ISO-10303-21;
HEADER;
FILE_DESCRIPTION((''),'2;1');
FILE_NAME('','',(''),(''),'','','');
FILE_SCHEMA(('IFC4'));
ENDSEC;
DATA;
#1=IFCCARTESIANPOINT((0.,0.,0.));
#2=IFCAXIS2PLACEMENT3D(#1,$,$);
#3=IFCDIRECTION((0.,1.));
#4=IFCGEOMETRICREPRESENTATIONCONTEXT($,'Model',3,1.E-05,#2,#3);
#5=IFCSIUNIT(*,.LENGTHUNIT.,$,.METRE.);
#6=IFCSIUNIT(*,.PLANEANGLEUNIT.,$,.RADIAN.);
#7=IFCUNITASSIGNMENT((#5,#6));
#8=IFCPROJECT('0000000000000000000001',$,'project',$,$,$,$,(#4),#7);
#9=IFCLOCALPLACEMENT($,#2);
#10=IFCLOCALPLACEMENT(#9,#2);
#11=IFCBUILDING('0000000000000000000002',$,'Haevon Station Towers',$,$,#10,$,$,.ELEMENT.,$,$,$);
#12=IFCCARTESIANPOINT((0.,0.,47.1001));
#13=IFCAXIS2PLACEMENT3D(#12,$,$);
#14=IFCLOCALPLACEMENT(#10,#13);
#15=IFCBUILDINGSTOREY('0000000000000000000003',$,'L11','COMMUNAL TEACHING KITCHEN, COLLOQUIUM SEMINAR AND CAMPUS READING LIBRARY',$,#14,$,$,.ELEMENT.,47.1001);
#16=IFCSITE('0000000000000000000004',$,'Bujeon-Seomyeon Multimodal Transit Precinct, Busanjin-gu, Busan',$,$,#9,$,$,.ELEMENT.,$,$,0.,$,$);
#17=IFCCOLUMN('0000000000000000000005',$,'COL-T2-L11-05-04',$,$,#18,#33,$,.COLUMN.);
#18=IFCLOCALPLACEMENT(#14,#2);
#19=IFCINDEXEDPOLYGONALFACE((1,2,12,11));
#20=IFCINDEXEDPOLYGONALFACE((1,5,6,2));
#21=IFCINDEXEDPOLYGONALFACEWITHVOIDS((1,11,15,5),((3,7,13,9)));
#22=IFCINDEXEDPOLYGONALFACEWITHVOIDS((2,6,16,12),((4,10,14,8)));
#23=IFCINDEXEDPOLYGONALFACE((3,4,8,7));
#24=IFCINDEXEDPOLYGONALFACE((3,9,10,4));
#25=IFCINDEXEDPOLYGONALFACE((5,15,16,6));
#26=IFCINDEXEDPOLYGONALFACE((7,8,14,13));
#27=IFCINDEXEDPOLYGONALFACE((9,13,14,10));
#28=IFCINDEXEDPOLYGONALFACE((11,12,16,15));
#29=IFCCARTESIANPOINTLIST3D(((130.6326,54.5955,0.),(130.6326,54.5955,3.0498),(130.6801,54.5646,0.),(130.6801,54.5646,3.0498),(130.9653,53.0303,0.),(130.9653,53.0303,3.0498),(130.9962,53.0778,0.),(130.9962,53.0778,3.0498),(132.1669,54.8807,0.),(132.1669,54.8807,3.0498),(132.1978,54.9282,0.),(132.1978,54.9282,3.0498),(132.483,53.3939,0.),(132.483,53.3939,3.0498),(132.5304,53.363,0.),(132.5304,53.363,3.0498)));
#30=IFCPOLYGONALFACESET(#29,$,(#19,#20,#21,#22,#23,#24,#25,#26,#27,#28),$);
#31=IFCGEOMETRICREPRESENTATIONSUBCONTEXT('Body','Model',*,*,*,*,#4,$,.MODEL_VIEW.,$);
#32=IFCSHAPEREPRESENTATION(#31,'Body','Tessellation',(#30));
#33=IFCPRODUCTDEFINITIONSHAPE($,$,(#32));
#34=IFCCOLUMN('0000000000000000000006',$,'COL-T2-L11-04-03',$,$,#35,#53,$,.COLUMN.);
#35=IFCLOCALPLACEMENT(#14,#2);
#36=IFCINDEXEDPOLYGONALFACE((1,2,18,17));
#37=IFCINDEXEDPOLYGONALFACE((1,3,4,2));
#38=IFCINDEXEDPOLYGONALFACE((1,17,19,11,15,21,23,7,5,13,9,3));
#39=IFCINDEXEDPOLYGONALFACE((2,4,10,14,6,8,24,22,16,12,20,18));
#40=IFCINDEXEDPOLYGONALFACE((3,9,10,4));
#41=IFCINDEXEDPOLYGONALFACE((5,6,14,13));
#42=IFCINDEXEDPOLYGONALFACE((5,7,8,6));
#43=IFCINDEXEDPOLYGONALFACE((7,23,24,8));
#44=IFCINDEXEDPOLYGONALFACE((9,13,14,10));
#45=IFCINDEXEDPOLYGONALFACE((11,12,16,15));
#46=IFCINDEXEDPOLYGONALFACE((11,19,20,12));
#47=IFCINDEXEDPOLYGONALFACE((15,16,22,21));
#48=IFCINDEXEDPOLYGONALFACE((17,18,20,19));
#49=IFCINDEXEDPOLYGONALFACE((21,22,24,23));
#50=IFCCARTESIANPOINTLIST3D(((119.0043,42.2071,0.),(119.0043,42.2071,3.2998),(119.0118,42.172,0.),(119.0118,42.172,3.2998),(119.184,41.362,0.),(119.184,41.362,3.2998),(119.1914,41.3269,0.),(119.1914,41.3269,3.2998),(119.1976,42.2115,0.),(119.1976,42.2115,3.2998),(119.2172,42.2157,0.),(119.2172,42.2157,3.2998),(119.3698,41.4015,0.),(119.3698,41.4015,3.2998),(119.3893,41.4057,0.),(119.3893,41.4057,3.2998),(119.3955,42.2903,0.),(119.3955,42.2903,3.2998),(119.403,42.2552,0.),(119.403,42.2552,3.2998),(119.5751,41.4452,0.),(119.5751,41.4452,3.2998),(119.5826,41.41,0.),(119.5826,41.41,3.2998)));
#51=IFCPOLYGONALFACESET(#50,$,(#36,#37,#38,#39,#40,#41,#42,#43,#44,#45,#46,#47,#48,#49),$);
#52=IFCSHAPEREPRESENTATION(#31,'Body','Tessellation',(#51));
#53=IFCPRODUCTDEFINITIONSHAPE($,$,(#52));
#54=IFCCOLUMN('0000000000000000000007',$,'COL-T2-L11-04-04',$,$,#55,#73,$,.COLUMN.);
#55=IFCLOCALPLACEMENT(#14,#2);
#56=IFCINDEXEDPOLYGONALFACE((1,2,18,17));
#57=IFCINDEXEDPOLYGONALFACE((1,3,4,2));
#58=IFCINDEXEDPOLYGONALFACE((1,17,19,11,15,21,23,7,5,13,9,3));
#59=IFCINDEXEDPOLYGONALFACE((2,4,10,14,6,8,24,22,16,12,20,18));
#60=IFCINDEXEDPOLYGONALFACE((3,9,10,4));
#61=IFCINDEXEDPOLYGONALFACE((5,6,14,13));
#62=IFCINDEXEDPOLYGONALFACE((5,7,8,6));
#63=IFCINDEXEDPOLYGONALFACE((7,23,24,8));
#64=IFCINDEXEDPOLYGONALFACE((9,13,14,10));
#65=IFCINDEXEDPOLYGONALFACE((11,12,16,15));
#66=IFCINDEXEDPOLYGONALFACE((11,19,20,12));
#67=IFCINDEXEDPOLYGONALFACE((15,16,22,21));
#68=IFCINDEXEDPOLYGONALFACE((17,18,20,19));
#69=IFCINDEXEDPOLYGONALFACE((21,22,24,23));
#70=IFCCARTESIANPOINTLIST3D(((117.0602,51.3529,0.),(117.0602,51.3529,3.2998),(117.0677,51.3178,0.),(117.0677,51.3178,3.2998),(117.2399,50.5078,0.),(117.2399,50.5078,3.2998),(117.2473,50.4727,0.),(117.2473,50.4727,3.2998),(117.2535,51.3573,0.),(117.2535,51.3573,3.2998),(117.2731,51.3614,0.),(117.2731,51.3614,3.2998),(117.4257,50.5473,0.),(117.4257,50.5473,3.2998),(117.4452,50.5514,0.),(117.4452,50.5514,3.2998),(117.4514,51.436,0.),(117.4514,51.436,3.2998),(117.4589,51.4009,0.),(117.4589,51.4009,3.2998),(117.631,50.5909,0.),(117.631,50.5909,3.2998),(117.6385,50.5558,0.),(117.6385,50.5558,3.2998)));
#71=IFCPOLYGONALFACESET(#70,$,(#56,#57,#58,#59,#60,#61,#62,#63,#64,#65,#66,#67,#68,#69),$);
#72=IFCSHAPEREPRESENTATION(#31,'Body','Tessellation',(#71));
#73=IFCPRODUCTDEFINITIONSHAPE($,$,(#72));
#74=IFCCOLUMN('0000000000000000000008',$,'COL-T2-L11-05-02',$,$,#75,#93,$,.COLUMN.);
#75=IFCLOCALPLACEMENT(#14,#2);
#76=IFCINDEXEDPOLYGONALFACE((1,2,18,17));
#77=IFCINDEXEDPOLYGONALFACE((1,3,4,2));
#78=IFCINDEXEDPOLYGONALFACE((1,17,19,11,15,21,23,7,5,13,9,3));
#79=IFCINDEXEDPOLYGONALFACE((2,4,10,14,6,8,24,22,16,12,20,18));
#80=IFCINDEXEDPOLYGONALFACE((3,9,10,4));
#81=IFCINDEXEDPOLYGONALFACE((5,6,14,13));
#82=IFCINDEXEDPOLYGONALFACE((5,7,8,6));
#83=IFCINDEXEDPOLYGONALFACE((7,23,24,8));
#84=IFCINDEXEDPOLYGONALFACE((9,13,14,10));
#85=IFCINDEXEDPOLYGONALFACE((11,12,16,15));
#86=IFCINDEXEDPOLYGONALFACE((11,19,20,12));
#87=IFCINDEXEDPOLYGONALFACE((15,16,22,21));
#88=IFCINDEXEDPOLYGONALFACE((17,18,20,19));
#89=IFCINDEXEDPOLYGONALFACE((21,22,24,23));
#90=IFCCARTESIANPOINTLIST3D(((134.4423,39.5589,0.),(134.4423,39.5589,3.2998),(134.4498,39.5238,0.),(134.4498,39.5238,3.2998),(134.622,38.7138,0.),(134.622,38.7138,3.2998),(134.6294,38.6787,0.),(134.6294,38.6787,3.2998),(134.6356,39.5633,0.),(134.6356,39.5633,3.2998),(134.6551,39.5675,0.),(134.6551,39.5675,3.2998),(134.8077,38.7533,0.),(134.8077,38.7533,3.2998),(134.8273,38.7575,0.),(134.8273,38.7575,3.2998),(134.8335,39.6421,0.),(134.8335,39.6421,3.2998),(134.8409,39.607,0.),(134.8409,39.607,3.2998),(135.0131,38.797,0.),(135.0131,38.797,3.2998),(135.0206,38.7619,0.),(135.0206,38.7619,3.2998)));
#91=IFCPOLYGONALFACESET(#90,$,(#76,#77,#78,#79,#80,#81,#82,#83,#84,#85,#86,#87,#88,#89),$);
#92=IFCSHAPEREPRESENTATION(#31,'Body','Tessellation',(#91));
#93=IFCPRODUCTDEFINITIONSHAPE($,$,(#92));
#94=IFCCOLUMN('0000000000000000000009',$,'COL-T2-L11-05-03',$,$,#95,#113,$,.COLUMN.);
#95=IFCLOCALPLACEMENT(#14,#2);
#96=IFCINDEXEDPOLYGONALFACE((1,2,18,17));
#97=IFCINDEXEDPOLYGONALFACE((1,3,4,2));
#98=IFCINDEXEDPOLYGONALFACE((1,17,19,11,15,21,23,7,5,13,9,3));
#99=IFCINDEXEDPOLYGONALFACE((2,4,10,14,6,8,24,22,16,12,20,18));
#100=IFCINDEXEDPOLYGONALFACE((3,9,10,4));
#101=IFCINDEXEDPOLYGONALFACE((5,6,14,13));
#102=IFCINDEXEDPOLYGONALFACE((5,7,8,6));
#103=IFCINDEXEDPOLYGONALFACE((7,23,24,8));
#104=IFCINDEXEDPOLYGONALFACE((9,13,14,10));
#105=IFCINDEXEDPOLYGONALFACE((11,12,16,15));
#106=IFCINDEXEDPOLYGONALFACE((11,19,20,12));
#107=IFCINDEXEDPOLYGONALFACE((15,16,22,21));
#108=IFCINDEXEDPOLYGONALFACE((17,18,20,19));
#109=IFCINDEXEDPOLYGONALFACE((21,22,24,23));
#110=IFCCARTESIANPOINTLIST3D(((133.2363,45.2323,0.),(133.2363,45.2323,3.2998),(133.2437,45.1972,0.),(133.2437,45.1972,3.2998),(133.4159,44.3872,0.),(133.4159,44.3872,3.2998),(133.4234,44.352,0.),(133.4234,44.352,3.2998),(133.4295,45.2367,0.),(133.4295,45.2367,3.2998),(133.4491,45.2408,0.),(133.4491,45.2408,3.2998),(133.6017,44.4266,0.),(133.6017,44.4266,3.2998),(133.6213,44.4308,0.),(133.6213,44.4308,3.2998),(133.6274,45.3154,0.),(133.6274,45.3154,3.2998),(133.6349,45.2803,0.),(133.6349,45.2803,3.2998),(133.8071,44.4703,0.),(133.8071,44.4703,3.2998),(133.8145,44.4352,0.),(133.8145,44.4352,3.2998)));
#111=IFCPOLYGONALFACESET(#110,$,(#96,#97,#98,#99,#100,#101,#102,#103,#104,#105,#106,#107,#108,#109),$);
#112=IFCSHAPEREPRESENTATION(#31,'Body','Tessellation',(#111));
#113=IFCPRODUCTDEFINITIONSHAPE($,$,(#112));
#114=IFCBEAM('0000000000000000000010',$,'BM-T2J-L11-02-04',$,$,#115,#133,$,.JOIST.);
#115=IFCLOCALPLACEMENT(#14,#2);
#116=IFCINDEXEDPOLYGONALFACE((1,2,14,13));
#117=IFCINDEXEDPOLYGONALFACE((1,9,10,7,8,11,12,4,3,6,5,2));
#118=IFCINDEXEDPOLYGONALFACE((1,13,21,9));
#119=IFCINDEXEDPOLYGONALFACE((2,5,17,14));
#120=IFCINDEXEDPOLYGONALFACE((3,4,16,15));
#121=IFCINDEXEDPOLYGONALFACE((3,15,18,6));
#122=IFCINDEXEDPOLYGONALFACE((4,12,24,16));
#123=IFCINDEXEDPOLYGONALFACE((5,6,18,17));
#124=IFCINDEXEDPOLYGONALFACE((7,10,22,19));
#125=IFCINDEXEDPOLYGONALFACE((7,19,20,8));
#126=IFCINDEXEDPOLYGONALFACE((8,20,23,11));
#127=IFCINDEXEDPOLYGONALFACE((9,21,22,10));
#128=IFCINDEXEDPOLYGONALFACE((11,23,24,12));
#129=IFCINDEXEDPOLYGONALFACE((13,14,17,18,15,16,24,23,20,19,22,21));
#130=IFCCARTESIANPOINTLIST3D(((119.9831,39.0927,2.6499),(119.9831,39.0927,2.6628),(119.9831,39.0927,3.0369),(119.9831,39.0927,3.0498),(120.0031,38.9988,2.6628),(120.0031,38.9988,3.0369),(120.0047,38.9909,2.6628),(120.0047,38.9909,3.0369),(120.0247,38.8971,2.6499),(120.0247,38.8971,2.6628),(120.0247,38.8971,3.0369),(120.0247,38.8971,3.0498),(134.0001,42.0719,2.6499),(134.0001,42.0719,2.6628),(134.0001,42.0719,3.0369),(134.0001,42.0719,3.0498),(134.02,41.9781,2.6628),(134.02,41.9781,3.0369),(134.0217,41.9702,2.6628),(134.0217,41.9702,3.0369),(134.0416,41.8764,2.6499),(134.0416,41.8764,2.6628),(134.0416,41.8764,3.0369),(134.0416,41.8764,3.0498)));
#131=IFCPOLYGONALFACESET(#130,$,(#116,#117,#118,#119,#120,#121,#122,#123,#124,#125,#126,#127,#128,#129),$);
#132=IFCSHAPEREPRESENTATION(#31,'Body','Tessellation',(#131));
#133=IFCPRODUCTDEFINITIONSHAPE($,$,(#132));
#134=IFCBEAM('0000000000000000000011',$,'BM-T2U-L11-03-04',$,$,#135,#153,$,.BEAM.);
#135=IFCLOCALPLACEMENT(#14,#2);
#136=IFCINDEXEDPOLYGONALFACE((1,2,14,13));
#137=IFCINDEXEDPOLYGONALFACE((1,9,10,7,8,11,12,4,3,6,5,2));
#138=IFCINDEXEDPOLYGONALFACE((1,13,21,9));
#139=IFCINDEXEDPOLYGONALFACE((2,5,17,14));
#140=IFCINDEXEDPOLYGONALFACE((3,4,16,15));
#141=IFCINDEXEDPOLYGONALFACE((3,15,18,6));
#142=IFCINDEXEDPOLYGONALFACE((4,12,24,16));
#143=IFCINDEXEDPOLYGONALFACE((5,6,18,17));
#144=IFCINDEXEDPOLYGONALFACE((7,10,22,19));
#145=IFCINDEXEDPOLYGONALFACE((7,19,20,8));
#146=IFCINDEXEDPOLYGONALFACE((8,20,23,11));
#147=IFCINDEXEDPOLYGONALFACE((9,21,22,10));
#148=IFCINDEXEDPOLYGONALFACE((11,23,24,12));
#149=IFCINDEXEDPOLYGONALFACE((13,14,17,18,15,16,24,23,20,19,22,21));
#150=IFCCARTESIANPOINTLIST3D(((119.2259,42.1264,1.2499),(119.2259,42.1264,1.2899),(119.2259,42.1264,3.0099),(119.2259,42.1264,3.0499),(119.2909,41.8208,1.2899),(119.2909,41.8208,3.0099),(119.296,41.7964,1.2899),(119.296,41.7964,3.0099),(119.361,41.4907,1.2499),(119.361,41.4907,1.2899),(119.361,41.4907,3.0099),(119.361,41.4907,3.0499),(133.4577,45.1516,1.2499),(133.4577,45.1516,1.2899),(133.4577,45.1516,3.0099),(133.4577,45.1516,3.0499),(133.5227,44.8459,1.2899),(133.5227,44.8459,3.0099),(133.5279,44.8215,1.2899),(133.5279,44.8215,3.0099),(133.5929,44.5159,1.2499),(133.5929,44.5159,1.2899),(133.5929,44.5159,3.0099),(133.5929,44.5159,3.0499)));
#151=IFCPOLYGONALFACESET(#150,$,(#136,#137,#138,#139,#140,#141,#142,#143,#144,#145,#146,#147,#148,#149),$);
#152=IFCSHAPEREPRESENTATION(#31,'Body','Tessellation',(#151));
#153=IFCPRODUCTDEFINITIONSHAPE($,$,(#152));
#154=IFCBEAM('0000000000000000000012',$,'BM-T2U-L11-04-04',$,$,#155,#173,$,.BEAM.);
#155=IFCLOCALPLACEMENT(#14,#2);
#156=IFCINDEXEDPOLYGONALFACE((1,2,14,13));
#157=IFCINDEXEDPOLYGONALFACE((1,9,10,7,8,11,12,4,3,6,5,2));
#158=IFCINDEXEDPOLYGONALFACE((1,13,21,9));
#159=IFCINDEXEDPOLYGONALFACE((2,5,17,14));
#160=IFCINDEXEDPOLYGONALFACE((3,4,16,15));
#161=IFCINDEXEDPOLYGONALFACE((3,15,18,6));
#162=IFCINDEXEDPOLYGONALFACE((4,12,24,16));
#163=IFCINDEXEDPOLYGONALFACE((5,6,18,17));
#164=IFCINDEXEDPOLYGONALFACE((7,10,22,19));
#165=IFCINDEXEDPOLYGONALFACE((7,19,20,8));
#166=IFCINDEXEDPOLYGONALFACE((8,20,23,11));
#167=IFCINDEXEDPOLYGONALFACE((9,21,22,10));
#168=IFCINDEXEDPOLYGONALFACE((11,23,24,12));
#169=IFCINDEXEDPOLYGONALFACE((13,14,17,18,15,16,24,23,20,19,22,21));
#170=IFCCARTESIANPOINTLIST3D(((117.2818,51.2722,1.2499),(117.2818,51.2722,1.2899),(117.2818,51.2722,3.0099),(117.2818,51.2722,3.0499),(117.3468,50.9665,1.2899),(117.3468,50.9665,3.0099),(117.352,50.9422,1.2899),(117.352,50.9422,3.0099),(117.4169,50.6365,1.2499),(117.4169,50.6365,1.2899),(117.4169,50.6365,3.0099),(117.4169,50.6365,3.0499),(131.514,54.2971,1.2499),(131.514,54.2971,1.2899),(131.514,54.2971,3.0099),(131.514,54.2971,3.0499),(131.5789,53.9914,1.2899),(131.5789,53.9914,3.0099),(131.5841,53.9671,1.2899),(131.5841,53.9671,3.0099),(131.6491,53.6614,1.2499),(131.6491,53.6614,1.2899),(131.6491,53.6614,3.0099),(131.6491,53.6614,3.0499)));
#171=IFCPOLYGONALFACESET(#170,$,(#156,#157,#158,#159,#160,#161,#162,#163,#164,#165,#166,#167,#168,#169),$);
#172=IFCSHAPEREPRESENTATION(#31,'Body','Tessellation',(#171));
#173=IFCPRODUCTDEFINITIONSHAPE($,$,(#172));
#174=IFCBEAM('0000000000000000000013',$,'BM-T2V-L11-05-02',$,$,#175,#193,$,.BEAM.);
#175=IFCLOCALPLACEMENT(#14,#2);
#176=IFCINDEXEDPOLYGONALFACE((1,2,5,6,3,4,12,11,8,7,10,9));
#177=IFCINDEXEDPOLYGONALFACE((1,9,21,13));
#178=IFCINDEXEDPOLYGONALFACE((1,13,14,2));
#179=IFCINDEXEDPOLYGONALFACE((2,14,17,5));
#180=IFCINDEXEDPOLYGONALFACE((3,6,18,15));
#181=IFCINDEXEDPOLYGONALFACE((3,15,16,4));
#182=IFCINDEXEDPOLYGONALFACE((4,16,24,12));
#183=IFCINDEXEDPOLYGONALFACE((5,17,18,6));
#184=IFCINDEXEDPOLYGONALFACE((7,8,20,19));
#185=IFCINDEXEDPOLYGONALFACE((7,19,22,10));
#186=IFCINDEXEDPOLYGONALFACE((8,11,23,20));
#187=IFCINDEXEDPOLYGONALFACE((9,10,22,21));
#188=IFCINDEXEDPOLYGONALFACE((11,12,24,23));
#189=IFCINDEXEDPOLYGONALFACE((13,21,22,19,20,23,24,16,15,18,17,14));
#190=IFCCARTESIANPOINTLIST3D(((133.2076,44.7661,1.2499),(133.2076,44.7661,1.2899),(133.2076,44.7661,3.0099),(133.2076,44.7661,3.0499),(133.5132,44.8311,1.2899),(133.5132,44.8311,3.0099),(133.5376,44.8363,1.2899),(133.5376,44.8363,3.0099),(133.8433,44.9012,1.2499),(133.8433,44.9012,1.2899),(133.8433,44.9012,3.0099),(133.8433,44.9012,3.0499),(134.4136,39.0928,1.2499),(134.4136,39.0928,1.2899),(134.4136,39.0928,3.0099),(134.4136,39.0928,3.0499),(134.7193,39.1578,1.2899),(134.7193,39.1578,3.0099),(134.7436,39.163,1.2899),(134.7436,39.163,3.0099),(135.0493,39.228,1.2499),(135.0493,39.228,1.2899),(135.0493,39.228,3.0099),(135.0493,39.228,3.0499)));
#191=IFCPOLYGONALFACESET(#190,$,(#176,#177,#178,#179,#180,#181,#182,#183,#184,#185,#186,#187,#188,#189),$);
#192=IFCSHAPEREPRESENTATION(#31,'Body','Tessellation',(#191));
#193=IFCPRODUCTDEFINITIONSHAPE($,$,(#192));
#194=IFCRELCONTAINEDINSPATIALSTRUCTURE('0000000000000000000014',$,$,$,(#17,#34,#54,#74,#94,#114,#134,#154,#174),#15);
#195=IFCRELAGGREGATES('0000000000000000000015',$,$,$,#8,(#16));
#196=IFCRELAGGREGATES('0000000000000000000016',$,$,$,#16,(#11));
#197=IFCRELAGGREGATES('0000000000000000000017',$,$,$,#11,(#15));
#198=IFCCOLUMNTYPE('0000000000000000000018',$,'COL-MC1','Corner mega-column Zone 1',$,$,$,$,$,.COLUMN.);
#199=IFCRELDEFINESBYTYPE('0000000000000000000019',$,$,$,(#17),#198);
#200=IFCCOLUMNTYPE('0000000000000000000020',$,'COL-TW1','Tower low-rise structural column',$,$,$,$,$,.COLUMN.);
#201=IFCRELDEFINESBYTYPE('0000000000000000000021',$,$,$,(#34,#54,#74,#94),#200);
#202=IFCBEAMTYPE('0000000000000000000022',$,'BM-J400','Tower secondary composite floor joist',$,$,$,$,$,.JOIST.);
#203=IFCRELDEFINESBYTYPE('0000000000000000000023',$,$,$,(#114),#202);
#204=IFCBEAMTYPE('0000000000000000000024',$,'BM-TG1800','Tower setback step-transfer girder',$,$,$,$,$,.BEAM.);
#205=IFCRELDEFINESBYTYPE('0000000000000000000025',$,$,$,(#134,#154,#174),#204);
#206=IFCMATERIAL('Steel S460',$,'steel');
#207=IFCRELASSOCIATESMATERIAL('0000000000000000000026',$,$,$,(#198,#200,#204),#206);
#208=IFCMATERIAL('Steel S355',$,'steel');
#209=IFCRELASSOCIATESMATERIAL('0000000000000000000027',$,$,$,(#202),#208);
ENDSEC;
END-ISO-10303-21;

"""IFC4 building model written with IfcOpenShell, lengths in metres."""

from ifc_helpers import new_model, si_unit, direction, frame, origin, origin_2d, place, context, subcontext, project, spatial, hollow_rectangle, i_section, extrude, material, material_profile, profile_set, type_object, element, save


model = new_model("IFC4")

# Units and contexts
model_context = context("Model", 3, precision=1e-05, world=origin(), true_north=direction((0.0, 1.0)))
body_context = subcontext(model_context, "Body", "Model", "MODEL_VIEW")
ifc_project = project(units=[si_unit("LENGTHUNIT", "METRE"), si_unit("PLANEANGLEUNIT", "RADIAN")], contexts=[model_context])

# Site, building, storey
site_placement = place(None, origin())
site = spatial("IfcSite", under=ifc_project, at=site_placement, Name="Bujeon-Seomyeon Multimodal Transit Precinct, Busanjin-gu, Busan", CompositionType="ELEMENT", RefElevation=0.0)
building_placement = place(site_placement, origin())
building = spatial("IfcBuilding", under=site, at=building_placement, Name="Haevon Station Towers", CompositionType="ELEMENT")
storey_placement = place(building_placement, frame((0.0, 0.0, 47.1001)))
storey = spatial("IfcBuildingStorey", under=building, at=storey_placement, Name="L11", Description="COMMUNAL TEACHING KITCHEN, COLLOQUIUM SEMINAR AND CAMPUS READING LIBRARY", CompositionType="ELEMENT", Elevation=47.1001)

# Columns
ifc_material_1 = material(Name="Steel S460", Category="steel")
ifc_material_profile_1 = material_profile(ifc_material_1, hollow_rectangle(XDim=1.6001, YDim=1.6001, WallThickness=0.04, at=origin_2d()), Name="BOX-1600x1600x40")
ifc_profile_set_1 = profile_set([ifc_material_profile_1], Name="Steel S460")
column_type_1 = type_object("IfcColumnType", Name="COL-MC1", Description="Corner mega-column Zone 1", PredefinedType="COLUMN", material=ifc_profile_set_1)
column_placement = place(storey_placement, frame((131.5815, 53.9792, 0.0), z_axis=(0.0, 0.0, 1.0), x_axis=(0.978148, 0.207912, 0.0)))
element("IfcColumn", 1, at=column_placement, inside=storey, type_object=column_type_1, Name="COL-T2-L11-05-04", PredefinedType="COLUMN", context=body_context, shape_type="SweptSolid", body=[
    extrude(hollow_rectangle(XDim=1.6001, YDim=1.6001, WallThickness=0.04, at=origin_2d()), origin(), (0.0, 0.0, 1.0), 3.0498),
])
ifc_material_profile_2 = material_profile(ifc_material_1, i_section(OverallWidth=0.3999, OverallDepth=0.8999, WebThickness=0.02, FlangeThickness=0.0359, at=origin_2d()), Name="H-900x400x20x36")
ifc_profile_set_2 = profile_set([ifc_material_profile_2], Name="Steel S460")
column_type_2 = type_object("IfcColumnType", Name="COL-TW1", Description="Tower low-rise structural column", PredefinedType="COLUMN", material=ifc_profile_set_2)
for number, where, z_axis, x_axis, name in (
    (2, (119.2935, 41.8086, 0.0), (0.0, 0.0, 1.0), (0.978148, 0.207912, 0.0), "COL-T2-L11-04-03"),
    (3, (117.3494, 50.9543, 0.0), (0.0, 0.0, 1.0), (0.978148, 0.207912, 0.0), "COL-T2-L11-04-04"),
    (4, (134.7314, 39.1604, 0.0), (0.0, 0.0, 1.0), (0.978148, 0.207912, 0.0), "COL-T2-L11-05-02"),
    (5, (133.5254, 44.8337, 0.0), (0.0, 0.0, 1.0), (0.978148, 0.207912, 0.0), "COL-T2-L11-05-03"),
):
    element("IfcColumn", number, at=place(storey_placement, frame(where, z_axis=z_axis, x_axis=x_axis)), inside=storey, type_object=column_type_2, Name=name, PredefinedType="COLUMN", context=body_context, shape_type="SweptSolid", body=[
        extrude(i_section(OverallWidth=0.3999, OverallDepth=0.8999, WebThickness=0.02, FlangeThickness=0.0359, at=origin_2d()), origin(), (0.0, 0.0, 1.0), 3.2998),
    ])

# Beams
ifc_material_2 = material(Name="Steel S355", Category="steel")
ifc_material_profile_3 = material_profile(ifc_material_2, i_section(OverallWidth=0.2, OverallDepth=0.3999, WebThickness=0.0081, FlangeThickness=0.0129, at=origin_2d()), Name="H-400x200x8x13")
ifc_profile_set_3 = profile_set([ifc_material_profile_3], Name="Steel S355")
beam_type_1 = type_object("IfcBeamType", Name="BM-J400", Description="Tower secondary composite floor joist", PredefinedType="JOIST", material=ifc_profile_set_3)
beam_1_placement = place(storey_placement, frame((120.0039, 38.9949, 2.8499), z_axis=(0.978149, 0.207903, 0.0), x_axis=(-0.207903, 0.978149, 0.0)))
element("IfcBeam", 6, at=beam_1_placement, inside=storey, type_object=beam_type_1, Name="BM-T2J-L11-02-04", PredefinedType="JOIST", context=body_context, shape_type="SweptSolid", body=[
    extrude(i_section(OverallWidth=0.2, OverallDepth=0.3999, WebThickness=0.0081, FlangeThickness=0.0129, at=origin_2d()), origin(), (0.0, 0.0, 1.0), 14.3301),
])
ifc_material_profile_4 = material_profile(ifc_material_1, i_section(OverallWidth=0.6499, OverallDepth=1.8, WebThickness=0.0249, FlangeThickness=0.04, at=origin_2d()), Name="H-1800x650x25x40")
ifc_profile_set_4 = profile_set([ifc_material_profile_4], Name="Steel S460")
beam_type_2 = type_object("IfcBeamType", Name="BM-TG1800", Description="Tower setback step-transfer girder", PredefinedType="BEAM", material=ifc_profile_set_4)
beam_2_placement = place(storey_placement, frame((119.2935, 41.8086, 2.1499), z_axis=(0.978147, 0.207915, 0.0), x_axis=(-0.207915, 0.978147, 0.0)))
element("IfcBeam", 7, at=beam_2_placement, inside=storey, type_object=beam_type_2, Name="BM-T2U-L11-03-04", PredefinedType="BEAM", context=body_context, shape_type="SweptSolid", body=[
    extrude(i_section(OverallWidth=0.6499, OverallDepth=1.8, WebThickness=0.0249, FlangeThickness=0.04, at=origin_2d()), origin(), (0.0, 0.0, 1.0), 14.5498),
])
beam_3_placement = place(storey_placement, frame((117.3494, 50.9543, 2.1499), z_axis=(0.978151, 0.207896, 0.0), x_axis=(-0.207896, 0.978151, 0.0)))
element("IfcBeam", 8, at=beam_3_placement, inside=storey, type_object=beam_type_2, Name="BM-T2U-L11-04-04", PredefinedType="BEAM", context=body_context, shape_type="SweptSolid", body=[
    extrude(i_section(OverallWidth=0.6499, OverallDepth=1.8, WebThickness=0.0249, FlangeThickness=0.04, at=origin_2d()), origin(), (0.0, 0.0, 1.0), 14.55),
])
beam_4_placement = place(storey_placement, frame((134.7314, 39.1604, 2.1499), z_axis=(-0.207936, 0.978142, 0.0), x_axis=(-0.978142, -0.207936, 0.0)))
element("IfcBeam", 9, at=beam_4_placement, inside=storey, type_object=beam_type_2, Name="BM-T2V-L11-05-02", PredefinedType="BEAM", context=body_context, shape_type="SweptSolid", body=[
    extrude(i_section(OverallWidth=0.6499, OverallDepth=1.8, WebThickness=0.0249, FlangeThickness=0.04, at=origin_2d()), origin(), (0.0, 0.0, 1.0), 5.8),
])

save(model, "model.ifc")
